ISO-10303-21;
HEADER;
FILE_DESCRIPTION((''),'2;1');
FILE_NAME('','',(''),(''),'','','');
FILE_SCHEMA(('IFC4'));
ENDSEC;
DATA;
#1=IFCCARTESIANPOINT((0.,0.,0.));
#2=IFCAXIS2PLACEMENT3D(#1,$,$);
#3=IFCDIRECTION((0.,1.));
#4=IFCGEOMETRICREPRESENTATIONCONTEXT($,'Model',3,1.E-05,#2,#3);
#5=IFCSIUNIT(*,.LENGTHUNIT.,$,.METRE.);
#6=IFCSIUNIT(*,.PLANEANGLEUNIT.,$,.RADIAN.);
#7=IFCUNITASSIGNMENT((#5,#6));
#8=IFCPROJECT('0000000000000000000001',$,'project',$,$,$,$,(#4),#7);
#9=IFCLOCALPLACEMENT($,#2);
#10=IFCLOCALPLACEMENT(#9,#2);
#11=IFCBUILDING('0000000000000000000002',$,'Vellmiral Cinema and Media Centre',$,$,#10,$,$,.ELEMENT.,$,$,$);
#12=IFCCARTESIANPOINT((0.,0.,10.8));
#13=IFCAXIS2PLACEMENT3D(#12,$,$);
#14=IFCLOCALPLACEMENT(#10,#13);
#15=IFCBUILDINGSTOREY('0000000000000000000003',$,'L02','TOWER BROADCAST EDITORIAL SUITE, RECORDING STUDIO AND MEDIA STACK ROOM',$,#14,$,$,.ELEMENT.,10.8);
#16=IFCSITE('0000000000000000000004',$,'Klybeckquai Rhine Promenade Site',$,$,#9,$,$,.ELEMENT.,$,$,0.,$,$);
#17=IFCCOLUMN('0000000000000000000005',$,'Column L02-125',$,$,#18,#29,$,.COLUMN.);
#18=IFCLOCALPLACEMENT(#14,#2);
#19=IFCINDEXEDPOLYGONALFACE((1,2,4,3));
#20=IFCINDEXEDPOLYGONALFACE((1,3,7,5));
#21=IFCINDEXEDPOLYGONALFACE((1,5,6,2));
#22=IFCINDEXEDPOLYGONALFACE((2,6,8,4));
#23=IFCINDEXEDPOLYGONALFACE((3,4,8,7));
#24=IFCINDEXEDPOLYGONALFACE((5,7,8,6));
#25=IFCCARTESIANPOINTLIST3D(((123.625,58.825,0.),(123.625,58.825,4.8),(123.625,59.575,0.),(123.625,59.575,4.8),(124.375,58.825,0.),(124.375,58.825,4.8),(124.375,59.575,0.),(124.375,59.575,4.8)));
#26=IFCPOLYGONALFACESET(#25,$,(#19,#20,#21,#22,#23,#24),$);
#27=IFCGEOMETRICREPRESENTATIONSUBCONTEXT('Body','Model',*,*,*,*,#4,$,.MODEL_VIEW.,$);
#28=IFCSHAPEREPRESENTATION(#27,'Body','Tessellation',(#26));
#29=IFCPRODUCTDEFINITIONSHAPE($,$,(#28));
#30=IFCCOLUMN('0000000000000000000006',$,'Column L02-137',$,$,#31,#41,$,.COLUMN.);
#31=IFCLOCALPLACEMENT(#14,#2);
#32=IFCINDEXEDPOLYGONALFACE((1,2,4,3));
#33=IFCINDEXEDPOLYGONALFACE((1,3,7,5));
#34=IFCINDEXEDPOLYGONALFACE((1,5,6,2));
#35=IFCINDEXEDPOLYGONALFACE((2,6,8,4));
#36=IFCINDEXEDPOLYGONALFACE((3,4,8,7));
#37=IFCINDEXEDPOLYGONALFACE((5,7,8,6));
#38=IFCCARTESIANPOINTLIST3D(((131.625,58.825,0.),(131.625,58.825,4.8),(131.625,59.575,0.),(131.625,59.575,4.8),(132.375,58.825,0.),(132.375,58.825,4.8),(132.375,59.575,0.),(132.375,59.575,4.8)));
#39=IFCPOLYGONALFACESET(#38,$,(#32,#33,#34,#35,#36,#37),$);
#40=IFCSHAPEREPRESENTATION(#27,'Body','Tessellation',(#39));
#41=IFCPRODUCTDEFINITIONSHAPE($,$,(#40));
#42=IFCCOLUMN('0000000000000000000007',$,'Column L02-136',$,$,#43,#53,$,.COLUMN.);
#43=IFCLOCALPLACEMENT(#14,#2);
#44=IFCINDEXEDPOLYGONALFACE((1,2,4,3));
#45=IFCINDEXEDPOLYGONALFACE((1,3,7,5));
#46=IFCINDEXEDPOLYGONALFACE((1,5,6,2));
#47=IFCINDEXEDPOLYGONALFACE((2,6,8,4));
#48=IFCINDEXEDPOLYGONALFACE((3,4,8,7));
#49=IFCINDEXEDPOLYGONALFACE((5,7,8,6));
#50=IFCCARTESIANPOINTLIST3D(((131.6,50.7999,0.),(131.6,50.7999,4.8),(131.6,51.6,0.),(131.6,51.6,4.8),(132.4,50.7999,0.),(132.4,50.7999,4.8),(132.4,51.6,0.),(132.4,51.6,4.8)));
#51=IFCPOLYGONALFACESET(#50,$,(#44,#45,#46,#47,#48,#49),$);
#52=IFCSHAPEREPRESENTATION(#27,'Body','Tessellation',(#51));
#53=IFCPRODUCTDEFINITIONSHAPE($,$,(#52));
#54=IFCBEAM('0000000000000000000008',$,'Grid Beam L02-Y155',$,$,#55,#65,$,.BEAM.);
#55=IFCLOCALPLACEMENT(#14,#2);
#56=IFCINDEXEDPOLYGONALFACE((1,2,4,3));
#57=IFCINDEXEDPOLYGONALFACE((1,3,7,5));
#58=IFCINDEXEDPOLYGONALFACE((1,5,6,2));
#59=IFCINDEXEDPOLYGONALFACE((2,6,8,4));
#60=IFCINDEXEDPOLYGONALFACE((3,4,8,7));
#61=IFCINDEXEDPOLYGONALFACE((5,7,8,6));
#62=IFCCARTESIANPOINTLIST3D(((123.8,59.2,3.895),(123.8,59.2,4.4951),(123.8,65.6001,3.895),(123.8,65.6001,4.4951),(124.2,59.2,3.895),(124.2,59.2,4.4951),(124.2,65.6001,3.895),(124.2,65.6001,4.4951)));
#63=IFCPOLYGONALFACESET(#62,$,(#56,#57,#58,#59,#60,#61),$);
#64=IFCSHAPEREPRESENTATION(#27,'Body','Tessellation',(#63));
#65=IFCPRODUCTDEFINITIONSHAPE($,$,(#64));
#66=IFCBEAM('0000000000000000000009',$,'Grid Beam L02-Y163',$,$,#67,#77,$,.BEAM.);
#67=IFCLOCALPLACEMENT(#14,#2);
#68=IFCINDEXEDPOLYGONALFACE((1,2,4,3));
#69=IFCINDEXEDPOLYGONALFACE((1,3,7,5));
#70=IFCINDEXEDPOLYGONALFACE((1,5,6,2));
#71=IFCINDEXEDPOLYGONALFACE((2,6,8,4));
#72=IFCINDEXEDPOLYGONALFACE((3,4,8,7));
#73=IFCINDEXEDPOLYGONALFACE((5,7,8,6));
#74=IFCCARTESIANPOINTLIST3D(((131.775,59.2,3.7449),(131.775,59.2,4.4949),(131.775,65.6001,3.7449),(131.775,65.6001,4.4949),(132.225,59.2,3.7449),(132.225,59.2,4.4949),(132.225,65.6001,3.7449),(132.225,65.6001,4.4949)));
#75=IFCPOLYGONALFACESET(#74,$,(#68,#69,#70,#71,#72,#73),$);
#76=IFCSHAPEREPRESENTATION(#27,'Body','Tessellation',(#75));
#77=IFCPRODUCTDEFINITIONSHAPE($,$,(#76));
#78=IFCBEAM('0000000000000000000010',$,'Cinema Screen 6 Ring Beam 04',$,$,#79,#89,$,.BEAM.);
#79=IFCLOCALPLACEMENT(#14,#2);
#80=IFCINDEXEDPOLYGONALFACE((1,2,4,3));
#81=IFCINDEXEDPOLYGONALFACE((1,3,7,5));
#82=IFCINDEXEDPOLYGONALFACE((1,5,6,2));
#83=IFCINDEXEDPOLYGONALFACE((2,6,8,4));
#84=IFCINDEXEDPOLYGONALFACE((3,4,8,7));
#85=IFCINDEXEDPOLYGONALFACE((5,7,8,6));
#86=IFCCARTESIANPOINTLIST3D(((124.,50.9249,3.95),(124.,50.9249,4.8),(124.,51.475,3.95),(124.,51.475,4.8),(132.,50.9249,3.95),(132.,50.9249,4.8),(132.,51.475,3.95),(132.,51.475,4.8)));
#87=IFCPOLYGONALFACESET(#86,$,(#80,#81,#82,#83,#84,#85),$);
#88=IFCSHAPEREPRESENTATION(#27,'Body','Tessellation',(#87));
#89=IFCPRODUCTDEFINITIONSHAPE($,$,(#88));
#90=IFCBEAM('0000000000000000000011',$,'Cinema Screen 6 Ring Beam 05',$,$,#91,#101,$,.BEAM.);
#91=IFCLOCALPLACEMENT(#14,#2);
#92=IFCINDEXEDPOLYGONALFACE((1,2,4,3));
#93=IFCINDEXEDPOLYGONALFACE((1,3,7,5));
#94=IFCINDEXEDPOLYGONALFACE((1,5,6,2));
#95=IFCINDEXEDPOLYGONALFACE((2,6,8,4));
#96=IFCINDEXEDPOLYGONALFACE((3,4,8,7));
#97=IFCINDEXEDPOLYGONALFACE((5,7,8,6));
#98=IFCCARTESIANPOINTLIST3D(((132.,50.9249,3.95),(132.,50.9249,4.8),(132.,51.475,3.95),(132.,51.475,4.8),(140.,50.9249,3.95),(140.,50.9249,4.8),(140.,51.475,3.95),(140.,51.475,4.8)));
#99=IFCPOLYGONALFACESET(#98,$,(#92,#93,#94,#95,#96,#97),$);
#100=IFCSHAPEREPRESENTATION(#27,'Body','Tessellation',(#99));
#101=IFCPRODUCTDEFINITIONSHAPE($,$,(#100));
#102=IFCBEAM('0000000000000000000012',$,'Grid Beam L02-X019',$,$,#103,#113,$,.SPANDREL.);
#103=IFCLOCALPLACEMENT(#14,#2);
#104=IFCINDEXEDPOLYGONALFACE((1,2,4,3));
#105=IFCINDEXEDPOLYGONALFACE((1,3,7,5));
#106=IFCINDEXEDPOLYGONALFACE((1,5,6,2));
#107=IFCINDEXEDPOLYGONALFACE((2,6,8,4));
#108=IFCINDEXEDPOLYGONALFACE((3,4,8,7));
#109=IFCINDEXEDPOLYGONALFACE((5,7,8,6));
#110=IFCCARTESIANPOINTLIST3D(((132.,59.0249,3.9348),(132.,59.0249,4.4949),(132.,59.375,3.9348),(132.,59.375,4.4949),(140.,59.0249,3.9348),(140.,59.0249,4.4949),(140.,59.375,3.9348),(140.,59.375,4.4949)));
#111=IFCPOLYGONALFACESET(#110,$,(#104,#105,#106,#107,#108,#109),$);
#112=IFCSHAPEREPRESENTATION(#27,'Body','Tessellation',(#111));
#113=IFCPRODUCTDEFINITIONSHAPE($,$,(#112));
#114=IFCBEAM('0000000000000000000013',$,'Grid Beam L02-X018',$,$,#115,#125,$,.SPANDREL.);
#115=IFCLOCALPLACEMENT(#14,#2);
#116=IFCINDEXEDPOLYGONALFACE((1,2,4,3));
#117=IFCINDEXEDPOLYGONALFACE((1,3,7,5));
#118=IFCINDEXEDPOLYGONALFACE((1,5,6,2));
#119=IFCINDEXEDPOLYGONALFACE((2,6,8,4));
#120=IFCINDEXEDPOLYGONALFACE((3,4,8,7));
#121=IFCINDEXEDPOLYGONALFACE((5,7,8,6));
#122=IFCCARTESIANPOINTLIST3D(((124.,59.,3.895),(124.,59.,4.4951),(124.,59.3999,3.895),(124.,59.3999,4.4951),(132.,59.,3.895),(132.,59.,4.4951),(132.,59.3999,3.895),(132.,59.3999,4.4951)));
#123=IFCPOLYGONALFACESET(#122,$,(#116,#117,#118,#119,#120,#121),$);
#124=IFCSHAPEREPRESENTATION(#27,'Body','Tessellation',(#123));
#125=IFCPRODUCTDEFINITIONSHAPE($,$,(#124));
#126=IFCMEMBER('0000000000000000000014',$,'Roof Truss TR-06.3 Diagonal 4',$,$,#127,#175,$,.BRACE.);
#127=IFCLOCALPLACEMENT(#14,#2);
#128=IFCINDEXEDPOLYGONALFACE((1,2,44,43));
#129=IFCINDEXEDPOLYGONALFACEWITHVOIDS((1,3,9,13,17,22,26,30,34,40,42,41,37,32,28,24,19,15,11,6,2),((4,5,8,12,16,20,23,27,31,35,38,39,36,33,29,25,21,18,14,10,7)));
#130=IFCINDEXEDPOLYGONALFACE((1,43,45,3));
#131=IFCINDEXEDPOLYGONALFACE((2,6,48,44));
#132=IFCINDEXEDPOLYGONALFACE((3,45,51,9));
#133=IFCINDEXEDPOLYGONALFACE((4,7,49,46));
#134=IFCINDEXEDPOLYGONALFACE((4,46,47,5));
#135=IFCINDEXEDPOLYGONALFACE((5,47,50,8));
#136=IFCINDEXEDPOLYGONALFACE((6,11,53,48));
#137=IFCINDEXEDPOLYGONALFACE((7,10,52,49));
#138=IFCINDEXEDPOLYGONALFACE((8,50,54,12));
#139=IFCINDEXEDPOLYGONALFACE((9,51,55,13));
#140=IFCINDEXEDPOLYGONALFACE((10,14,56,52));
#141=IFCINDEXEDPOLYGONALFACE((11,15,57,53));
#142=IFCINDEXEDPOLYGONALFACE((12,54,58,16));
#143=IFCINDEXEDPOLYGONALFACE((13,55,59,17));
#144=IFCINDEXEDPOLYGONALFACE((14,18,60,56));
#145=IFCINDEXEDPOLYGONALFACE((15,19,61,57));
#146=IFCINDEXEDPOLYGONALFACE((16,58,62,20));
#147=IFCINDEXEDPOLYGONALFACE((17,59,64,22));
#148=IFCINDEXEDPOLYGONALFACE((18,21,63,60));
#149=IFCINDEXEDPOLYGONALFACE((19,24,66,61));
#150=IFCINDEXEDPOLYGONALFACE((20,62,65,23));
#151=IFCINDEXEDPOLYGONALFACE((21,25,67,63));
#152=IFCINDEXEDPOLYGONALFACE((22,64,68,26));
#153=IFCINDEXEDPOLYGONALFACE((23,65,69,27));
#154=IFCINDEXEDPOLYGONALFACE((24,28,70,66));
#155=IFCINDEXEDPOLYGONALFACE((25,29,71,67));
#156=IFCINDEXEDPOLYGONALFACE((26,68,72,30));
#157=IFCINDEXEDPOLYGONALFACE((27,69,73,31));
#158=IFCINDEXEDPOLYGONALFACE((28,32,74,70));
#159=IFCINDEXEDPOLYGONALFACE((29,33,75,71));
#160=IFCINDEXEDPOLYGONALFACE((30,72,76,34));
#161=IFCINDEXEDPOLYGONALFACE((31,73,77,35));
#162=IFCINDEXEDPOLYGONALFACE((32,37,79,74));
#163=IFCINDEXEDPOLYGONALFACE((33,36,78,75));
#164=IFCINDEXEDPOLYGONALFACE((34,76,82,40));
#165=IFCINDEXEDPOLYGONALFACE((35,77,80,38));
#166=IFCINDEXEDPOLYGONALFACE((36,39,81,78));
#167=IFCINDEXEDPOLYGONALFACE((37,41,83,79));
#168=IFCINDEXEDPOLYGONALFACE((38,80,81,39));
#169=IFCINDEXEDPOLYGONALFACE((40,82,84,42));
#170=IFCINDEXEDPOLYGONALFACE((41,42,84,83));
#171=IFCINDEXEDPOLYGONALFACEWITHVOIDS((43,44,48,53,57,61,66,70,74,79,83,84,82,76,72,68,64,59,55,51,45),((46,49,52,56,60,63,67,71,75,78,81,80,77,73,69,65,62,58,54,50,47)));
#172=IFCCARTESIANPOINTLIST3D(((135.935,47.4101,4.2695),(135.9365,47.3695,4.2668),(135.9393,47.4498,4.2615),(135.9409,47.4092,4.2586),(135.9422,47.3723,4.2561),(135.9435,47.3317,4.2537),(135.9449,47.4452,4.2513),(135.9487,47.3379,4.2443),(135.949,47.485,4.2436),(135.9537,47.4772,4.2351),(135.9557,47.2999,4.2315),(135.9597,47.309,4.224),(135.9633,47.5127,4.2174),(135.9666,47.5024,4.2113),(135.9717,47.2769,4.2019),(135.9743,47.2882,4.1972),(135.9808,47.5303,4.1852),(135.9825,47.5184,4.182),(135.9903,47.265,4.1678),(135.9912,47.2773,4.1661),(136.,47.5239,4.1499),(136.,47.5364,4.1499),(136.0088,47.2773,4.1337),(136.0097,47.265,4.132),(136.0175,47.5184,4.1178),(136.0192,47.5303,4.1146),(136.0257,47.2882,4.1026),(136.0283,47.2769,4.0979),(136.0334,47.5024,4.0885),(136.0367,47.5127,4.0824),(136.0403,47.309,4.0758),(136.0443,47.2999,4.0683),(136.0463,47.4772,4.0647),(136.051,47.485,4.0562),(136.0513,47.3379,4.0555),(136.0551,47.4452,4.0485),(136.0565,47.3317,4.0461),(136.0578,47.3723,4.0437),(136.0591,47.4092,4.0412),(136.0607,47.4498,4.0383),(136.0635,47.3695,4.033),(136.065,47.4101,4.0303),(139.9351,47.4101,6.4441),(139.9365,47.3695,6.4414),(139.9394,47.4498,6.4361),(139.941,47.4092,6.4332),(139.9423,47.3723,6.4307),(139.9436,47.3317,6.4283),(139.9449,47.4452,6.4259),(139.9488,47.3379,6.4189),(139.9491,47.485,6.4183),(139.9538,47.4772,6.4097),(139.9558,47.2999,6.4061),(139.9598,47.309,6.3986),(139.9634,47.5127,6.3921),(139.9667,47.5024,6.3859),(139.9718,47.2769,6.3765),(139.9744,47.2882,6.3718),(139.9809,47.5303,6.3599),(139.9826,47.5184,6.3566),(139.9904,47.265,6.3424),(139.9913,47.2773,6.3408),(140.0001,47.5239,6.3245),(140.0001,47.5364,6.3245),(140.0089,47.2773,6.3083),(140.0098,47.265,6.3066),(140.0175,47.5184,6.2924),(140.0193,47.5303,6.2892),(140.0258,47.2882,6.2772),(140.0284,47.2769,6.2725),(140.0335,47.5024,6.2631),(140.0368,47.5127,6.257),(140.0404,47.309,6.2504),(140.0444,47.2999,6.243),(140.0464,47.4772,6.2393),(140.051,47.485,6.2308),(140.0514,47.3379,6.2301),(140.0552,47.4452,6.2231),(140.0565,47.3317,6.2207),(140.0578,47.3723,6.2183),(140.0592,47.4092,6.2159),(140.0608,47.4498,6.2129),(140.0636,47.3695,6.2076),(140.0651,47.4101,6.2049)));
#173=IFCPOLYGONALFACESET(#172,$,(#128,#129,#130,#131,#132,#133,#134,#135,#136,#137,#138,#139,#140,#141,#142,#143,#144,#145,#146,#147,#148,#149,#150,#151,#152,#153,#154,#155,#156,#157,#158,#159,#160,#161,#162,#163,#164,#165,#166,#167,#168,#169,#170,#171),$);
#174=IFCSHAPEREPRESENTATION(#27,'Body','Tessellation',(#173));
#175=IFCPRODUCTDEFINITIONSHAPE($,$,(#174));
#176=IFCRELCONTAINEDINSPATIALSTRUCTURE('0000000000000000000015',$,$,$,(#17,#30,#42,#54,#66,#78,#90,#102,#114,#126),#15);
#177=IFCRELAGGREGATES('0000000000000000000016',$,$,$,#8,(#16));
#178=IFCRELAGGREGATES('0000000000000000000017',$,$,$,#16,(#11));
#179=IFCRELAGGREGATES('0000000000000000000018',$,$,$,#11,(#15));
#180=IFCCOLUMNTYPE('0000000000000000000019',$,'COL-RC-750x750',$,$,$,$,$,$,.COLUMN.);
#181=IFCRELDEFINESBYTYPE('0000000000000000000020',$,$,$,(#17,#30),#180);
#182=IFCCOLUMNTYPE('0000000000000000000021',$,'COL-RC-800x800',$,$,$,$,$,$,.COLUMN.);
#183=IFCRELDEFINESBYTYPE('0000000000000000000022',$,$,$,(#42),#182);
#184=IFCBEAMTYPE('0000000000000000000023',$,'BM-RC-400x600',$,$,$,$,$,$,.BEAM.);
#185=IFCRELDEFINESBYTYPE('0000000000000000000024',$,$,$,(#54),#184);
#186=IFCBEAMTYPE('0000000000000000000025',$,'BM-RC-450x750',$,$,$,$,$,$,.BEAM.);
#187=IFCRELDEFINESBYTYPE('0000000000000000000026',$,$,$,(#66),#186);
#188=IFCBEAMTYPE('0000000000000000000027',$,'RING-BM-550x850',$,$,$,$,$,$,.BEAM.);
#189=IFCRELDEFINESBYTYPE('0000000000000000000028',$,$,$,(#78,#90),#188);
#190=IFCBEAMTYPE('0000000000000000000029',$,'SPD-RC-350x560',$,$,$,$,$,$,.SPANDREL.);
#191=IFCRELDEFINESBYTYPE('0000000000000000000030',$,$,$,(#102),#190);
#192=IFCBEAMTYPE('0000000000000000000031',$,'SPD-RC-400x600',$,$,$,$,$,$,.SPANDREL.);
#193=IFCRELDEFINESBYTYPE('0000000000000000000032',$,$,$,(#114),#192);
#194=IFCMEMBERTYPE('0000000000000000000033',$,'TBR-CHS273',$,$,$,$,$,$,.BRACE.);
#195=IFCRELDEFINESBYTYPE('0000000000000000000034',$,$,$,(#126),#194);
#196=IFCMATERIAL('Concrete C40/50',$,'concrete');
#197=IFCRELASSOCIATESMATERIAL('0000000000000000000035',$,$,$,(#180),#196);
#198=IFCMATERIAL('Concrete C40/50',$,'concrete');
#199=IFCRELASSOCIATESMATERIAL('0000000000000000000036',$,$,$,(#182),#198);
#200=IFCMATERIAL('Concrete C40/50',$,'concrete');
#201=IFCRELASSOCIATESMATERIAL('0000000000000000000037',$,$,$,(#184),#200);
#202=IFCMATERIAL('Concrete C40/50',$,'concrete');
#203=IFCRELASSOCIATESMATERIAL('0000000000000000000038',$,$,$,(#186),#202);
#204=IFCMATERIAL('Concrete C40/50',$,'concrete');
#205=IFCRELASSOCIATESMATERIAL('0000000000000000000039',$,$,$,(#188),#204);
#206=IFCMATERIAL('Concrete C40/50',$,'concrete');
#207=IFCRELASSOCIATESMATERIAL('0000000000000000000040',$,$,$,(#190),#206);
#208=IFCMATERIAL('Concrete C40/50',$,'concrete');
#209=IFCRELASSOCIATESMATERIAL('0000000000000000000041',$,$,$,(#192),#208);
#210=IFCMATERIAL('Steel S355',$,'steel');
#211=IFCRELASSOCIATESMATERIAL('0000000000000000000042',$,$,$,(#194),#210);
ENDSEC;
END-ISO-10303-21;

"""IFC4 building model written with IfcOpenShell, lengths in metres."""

from ifc_helpers import new_model, si_unit, direction, frame, origin, origin_2d, place, context, subcontext, project, spatial, rectangle, hollow_circle, extrude, material, material_profile, profile_set, type_object, element, save


model = new_model("IFC4")

# Units and contexts
model_context = context("Model", 3, precision=1e-05, world=origin(), true_north=direction((0.0, 1.0)))
body_context = subcontext(model_context, "Body", "Model", "MODEL_VIEW")
ifc_project = project(units=[si_unit("LENGTHUNIT", "METRE"), si_unit("PLANEANGLEUNIT", "RADIAN")], contexts=[model_context])

# Site, building, storey
site_placement = place(None, origin())
site = spatial("IfcSite", under=ifc_project, at=site_placement, Name="Klybeckquai Rhine Promenade Site", CompositionType="ELEMENT", RefElevation=0.0)
building_placement = place(site_placement, origin())
building = spatial("IfcBuilding", under=site, at=building_placement, Name="Vellmiral Cinema and Media Centre", CompositionType="ELEMENT")
storey_placement = place(building_placement, frame((0.0, 0.0, 10.8)))
storey = spatial("IfcBuildingStorey", under=building, at=storey_placement, Name="L02", Description="TOWER BROADCAST EDITORIAL SUITE, RECORDING STUDIO AND MEDIA STACK ROOM", CompositionType="ELEMENT", Elevation=10.8)

# Columns
ifc_material_1 = material(Name="Concrete C40/50", Category="concrete")
ifc_material_profile_1 = material_profile(ifc_material_1, rectangle(XDim=0.75, YDim=0.75, at=origin_2d()), Name="RC 750x750")
ifc_profile_set_1 = profile_set([ifc_material_profile_1], Name="Concrete C40/50")
column_type_1 = type_object("IfcColumnType", Name="COL-RC-750x750", PredefinedType="COLUMN", material=ifc_profile_set_1)
for number, where, z_axis, x_axis, name in (
    (1, (124.0, 59.2, 0.0), (0.0, 0.0, 1.0), (1.0, 0.0, 0.0), "Column L02-125"),
    (2, (132.0, 59.2, 0.0), (0.0, 0.0, 1.0), (1.0, 0.0, 0.0), "Column L02-137"),
):
    element("IfcColumn", number, at=place(storey_placement, frame(where, z_axis=z_axis, x_axis=x_axis)), inside=storey, type_object=column_type_1, Name=name, PredefinedType="COLUMN", context=body_context, shape_type="SweptSolid", body=[
        extrude(rectangle(XDim=0.75, YDim=0.75, at=origin_2d()), origin(), (0.0, 0.0, 1.0), 4.8),
    ])
ifc_material_2 = material(Name="Concrete C40/50", Category="concrete")
ifc_material_profile_2 = material_profile(ifc_material_2, rectangle(XDim=0.8, YDim=0.8, at=origin_2d()), Name="RC 800x800")
ifc_profile_set_2 = profile_set([ifc_material_profile_2], Name="Concrete C40/50")
column_type_2 = type_object("IfcColumnType", Name="COL-RC-800x800", PredefinedType="COLUMN", material=ifc_profile_set_2)
column_placement = place(storey_placement, frame((132.0, 51.2, 0.0), z_axis=(0.0, 0.0, 1.0), x_axis=(1.0, 0.0, 0.0)))
element("IfcColumn", 3, at=column_placement, inside=storey, type_object=column_type_2, Name="Column L02-136", PredefinedType="COLUMN", context=body_context, shape_type="SweptSolid", body=[
    extrude(rectangle(XDim=0.8, YDim=0.8, at=origin_2d()), origin(), (0.0, 0.0, 1.0), 4.8),
])

# Beams
ifc_material_3 = material(Name="Concrete C40/50", Category="concrete")
ifc_material_profile_3 = material_profile(ifc_material_3, rectangle(XDim=0.3999, YDim=0.6001, at=origin_2d()), Name="RC 400x600")
ifc_profile_set_3 = profile_set([ifc_material_profile_3], Name="Concrete C40/50")
beam_type_1 = type_object("IfcBeamType", Name="BM-RC-400x600", PredefinedType="BEAM", material=ifc_profile_set_3)
beam_1_placement = place(storey_placement, frame((124.0, 59.2, 4.1951), z_axis=(0.0, 1.0, 0.0), x_axis=(-1.0, 0.0, 0.0)))
element("IfcBeam", 4, at=beam_1_placement, inside=storey, type_object=beam_type_1, Name="Grid Beam L02-Y155", PredefinedType="BEAM", context=body_context, shape_type="SweptSolid", body=[
    extrude(rectangle(XDim=0.3999, YDim=0.6001, at=origin_2d()), origin(), (0.0, 0.0, 1.0), 6.4001),
])
ifc_material_4 = material(Name="Concrete C40/50", Category="concrete")
ifc_material_profile_4 = material_profile(ifc_material_4, rectangle(XDim=0.45, YDim=0.75, at=origin_2d()), Name="RC 450x750")
ifc_profile_set_4 = profile_set([ifc_material_profile_4], Name="Concrete C40/50")
beam_type_2 = type_object("IfcBeamType", Name="BM-RC-450x750", PredefinedType="BEAM", material=ifc_profile_set_4)
beam_2_placement = place(storey_placement, frame((132.0, 59.2, 4.1199), z_axis=(0.0, 1.0, 0.0), x_axis=(-1.0, 0.0, 0.0)))
element("IfcBeam", 5, at=beam_2_placement, inside=storey, type_object=beam_type_2, Name="Grid Beam L02-Y163", PredefinedType="BEAM", context=body_context, shape_type="SweptSolid", body=[
    extrude(rectangle(XDim=0.45, YDim=0.75, at=origin_2d()), origin(), (0.0, 0.0, 1.0), 6.4001),
])
ifc_material_5 = material(Name="Concrete C40/50", Category="concrete")
ifc_material_profile_5 = material_profile(ifc_material_5, rectangle(XDim=0.55, YDim=0.8501, at=origin_2d()), Name="RC 550x850")
ifc_profile_set_5 = profile_set([ifc_material_profile_5], Name="Concrete C40/50")
beam_type_3 = type_object("IfcBeamType", Name="RING-BM-550x850", PredefinedType="BEAM", material=ifc_profile_set_5)
for number, where, z_axis, x_axis, name in (
    (6, (124.0, 51.2, 4.375), (1.0, 0.0, 0.0), (0.0, 1.0, 0.0), "Cinema Screen 6 Ring Beam 04"),
    (7, (132.0, 51.2, 4.375), (1.0, 0.0, 0.0), (0.0, 1.0, 0.0), "Cinema Screen 6 Ring Beam 05"),
):
    element("IfcBeam", number, at=place(storey_placement, frame(where, z_axis=z_axis, x_axis=x_axis)), inside=storey, type_object=beam_type_3, Name=name, PredefinedType="BEAM", context=body_context, shape_type="SweptSolid", body=[
        extrude(rectangle(XDim=0.55, YDim=0.8501, at=origin_2d()), origin(), (0.0, 0.0, 1.0), 8.0),
    ])
ifc_material_6 = material(Name="Concrete C40/50", Category="concrete")
ifc_material_profile_6 = material_profile(ifc_material_6, rectangle(XDim=0.3501, YDim=0.5601, at=origin_2d()), Name="RC 350x560")
ifc_profile_set_6 = profile_set([ifc_material_profile_6], Name="Concrete C40/50")
beam_type_4 = type_object("IfcBeamType", Name="SPD-RC-350x560", PredefinedType="SPANDREL", material=ifc_profile_set_6)
beam_3_placement = place(storey_placement, frame((132.0, 59.2, 4.2148), z_axis=(1.0, 0.0, 0.0), x_axis=(0.0, 1.0, 0.0)))
element("IfcBeam", 8, at=beam_3_placement, inside=storey, type_object=beam_type_4, Name="Grid Beam L02-X019", PredefinedType="SPANDREL", context=body_context, shape_type="SweptSolid", body=[
    extrude(rectangle(XDim=0.3501, YDim=0.5601, at=origin_2d()), origin(), (0.0, 0.0, 1.0), 8.0),
])
ifc_material_7 = material(Name="Concrete C40/50", Category="concrete")
ifc_material_profile_7 = material_profile(ifc_material_7, rectangle(XDim=0.3999, YDim=0.6001, at=origin_2d()), Name="RC 400x600")
ifc_profile_set_7 = profile_set([ifc_material_profile_7], Name="Concrete C40/50")
beam_type_5 = type_object("IfcBeamType", Name="SPD-RC-400x600", PredefinedType="SPANDREL", material=ifc_profile_set_7)
beam_4_placement = place(storey_placement, frame((124.0, 59.2, 4.1951), z_axis=(1.0, 0.0, 0.0), x_axis=(0.0, 1.0, 0.0)))
element("IfcBeam", 9, at=beam_4_placement, inside=storey, type_object=beam_type_5, Name="Grid Beam L02-X018", PredefinedType="SPANDREL", context=body_context, shape_type="SweptSolid", body=[
    extrude(rectangle(XDim=0.3999, YDim=0.6001, at=origin_2d()), origin(), (0.0, 0.0, 1.0), 8.0),
])

# Member
ifc_material_8 = material(Name="Steel S355", Category="steel")
ifc_material_profile_8 = material_profile(ifc_material_8, hollow_circle(Radius=0.1365, WallThickness=0.0125, at=origin_2d()), Name="CHS 273.0x12.5")
ifc_profile_set_8 = profile_set([ifc_material_profile_8], Name="Steel S355")
member_type_1 = type_object("IfcMemberType", Name="TBR-CHS273", PredefinedType="BRACE", material=ifc_profile_set_8)
member_1_placement = place(storey_placement, frame((136.0, 47.3999, 4.1499), z_axis=(0.878565, 0.0, 0.477623), x_axis=(0.0, 1.0, 0.0)))
element("IfcMember", 10, at=member_1_placement, inside=storey, type_object=member_type_1, Name="Roof Truss TR-06.3 Diagonal 4", PredefinedType="BRACE", context=body_context, shape_type="SweptSolid", body=[
    extrude(hollow_circle(Radius=0.1365, WallThickness=0.0125, at=origin_2d()), origin(), (0.0, 0.0, 1.0), 4.553),
])

save(model, "model.ifc")
